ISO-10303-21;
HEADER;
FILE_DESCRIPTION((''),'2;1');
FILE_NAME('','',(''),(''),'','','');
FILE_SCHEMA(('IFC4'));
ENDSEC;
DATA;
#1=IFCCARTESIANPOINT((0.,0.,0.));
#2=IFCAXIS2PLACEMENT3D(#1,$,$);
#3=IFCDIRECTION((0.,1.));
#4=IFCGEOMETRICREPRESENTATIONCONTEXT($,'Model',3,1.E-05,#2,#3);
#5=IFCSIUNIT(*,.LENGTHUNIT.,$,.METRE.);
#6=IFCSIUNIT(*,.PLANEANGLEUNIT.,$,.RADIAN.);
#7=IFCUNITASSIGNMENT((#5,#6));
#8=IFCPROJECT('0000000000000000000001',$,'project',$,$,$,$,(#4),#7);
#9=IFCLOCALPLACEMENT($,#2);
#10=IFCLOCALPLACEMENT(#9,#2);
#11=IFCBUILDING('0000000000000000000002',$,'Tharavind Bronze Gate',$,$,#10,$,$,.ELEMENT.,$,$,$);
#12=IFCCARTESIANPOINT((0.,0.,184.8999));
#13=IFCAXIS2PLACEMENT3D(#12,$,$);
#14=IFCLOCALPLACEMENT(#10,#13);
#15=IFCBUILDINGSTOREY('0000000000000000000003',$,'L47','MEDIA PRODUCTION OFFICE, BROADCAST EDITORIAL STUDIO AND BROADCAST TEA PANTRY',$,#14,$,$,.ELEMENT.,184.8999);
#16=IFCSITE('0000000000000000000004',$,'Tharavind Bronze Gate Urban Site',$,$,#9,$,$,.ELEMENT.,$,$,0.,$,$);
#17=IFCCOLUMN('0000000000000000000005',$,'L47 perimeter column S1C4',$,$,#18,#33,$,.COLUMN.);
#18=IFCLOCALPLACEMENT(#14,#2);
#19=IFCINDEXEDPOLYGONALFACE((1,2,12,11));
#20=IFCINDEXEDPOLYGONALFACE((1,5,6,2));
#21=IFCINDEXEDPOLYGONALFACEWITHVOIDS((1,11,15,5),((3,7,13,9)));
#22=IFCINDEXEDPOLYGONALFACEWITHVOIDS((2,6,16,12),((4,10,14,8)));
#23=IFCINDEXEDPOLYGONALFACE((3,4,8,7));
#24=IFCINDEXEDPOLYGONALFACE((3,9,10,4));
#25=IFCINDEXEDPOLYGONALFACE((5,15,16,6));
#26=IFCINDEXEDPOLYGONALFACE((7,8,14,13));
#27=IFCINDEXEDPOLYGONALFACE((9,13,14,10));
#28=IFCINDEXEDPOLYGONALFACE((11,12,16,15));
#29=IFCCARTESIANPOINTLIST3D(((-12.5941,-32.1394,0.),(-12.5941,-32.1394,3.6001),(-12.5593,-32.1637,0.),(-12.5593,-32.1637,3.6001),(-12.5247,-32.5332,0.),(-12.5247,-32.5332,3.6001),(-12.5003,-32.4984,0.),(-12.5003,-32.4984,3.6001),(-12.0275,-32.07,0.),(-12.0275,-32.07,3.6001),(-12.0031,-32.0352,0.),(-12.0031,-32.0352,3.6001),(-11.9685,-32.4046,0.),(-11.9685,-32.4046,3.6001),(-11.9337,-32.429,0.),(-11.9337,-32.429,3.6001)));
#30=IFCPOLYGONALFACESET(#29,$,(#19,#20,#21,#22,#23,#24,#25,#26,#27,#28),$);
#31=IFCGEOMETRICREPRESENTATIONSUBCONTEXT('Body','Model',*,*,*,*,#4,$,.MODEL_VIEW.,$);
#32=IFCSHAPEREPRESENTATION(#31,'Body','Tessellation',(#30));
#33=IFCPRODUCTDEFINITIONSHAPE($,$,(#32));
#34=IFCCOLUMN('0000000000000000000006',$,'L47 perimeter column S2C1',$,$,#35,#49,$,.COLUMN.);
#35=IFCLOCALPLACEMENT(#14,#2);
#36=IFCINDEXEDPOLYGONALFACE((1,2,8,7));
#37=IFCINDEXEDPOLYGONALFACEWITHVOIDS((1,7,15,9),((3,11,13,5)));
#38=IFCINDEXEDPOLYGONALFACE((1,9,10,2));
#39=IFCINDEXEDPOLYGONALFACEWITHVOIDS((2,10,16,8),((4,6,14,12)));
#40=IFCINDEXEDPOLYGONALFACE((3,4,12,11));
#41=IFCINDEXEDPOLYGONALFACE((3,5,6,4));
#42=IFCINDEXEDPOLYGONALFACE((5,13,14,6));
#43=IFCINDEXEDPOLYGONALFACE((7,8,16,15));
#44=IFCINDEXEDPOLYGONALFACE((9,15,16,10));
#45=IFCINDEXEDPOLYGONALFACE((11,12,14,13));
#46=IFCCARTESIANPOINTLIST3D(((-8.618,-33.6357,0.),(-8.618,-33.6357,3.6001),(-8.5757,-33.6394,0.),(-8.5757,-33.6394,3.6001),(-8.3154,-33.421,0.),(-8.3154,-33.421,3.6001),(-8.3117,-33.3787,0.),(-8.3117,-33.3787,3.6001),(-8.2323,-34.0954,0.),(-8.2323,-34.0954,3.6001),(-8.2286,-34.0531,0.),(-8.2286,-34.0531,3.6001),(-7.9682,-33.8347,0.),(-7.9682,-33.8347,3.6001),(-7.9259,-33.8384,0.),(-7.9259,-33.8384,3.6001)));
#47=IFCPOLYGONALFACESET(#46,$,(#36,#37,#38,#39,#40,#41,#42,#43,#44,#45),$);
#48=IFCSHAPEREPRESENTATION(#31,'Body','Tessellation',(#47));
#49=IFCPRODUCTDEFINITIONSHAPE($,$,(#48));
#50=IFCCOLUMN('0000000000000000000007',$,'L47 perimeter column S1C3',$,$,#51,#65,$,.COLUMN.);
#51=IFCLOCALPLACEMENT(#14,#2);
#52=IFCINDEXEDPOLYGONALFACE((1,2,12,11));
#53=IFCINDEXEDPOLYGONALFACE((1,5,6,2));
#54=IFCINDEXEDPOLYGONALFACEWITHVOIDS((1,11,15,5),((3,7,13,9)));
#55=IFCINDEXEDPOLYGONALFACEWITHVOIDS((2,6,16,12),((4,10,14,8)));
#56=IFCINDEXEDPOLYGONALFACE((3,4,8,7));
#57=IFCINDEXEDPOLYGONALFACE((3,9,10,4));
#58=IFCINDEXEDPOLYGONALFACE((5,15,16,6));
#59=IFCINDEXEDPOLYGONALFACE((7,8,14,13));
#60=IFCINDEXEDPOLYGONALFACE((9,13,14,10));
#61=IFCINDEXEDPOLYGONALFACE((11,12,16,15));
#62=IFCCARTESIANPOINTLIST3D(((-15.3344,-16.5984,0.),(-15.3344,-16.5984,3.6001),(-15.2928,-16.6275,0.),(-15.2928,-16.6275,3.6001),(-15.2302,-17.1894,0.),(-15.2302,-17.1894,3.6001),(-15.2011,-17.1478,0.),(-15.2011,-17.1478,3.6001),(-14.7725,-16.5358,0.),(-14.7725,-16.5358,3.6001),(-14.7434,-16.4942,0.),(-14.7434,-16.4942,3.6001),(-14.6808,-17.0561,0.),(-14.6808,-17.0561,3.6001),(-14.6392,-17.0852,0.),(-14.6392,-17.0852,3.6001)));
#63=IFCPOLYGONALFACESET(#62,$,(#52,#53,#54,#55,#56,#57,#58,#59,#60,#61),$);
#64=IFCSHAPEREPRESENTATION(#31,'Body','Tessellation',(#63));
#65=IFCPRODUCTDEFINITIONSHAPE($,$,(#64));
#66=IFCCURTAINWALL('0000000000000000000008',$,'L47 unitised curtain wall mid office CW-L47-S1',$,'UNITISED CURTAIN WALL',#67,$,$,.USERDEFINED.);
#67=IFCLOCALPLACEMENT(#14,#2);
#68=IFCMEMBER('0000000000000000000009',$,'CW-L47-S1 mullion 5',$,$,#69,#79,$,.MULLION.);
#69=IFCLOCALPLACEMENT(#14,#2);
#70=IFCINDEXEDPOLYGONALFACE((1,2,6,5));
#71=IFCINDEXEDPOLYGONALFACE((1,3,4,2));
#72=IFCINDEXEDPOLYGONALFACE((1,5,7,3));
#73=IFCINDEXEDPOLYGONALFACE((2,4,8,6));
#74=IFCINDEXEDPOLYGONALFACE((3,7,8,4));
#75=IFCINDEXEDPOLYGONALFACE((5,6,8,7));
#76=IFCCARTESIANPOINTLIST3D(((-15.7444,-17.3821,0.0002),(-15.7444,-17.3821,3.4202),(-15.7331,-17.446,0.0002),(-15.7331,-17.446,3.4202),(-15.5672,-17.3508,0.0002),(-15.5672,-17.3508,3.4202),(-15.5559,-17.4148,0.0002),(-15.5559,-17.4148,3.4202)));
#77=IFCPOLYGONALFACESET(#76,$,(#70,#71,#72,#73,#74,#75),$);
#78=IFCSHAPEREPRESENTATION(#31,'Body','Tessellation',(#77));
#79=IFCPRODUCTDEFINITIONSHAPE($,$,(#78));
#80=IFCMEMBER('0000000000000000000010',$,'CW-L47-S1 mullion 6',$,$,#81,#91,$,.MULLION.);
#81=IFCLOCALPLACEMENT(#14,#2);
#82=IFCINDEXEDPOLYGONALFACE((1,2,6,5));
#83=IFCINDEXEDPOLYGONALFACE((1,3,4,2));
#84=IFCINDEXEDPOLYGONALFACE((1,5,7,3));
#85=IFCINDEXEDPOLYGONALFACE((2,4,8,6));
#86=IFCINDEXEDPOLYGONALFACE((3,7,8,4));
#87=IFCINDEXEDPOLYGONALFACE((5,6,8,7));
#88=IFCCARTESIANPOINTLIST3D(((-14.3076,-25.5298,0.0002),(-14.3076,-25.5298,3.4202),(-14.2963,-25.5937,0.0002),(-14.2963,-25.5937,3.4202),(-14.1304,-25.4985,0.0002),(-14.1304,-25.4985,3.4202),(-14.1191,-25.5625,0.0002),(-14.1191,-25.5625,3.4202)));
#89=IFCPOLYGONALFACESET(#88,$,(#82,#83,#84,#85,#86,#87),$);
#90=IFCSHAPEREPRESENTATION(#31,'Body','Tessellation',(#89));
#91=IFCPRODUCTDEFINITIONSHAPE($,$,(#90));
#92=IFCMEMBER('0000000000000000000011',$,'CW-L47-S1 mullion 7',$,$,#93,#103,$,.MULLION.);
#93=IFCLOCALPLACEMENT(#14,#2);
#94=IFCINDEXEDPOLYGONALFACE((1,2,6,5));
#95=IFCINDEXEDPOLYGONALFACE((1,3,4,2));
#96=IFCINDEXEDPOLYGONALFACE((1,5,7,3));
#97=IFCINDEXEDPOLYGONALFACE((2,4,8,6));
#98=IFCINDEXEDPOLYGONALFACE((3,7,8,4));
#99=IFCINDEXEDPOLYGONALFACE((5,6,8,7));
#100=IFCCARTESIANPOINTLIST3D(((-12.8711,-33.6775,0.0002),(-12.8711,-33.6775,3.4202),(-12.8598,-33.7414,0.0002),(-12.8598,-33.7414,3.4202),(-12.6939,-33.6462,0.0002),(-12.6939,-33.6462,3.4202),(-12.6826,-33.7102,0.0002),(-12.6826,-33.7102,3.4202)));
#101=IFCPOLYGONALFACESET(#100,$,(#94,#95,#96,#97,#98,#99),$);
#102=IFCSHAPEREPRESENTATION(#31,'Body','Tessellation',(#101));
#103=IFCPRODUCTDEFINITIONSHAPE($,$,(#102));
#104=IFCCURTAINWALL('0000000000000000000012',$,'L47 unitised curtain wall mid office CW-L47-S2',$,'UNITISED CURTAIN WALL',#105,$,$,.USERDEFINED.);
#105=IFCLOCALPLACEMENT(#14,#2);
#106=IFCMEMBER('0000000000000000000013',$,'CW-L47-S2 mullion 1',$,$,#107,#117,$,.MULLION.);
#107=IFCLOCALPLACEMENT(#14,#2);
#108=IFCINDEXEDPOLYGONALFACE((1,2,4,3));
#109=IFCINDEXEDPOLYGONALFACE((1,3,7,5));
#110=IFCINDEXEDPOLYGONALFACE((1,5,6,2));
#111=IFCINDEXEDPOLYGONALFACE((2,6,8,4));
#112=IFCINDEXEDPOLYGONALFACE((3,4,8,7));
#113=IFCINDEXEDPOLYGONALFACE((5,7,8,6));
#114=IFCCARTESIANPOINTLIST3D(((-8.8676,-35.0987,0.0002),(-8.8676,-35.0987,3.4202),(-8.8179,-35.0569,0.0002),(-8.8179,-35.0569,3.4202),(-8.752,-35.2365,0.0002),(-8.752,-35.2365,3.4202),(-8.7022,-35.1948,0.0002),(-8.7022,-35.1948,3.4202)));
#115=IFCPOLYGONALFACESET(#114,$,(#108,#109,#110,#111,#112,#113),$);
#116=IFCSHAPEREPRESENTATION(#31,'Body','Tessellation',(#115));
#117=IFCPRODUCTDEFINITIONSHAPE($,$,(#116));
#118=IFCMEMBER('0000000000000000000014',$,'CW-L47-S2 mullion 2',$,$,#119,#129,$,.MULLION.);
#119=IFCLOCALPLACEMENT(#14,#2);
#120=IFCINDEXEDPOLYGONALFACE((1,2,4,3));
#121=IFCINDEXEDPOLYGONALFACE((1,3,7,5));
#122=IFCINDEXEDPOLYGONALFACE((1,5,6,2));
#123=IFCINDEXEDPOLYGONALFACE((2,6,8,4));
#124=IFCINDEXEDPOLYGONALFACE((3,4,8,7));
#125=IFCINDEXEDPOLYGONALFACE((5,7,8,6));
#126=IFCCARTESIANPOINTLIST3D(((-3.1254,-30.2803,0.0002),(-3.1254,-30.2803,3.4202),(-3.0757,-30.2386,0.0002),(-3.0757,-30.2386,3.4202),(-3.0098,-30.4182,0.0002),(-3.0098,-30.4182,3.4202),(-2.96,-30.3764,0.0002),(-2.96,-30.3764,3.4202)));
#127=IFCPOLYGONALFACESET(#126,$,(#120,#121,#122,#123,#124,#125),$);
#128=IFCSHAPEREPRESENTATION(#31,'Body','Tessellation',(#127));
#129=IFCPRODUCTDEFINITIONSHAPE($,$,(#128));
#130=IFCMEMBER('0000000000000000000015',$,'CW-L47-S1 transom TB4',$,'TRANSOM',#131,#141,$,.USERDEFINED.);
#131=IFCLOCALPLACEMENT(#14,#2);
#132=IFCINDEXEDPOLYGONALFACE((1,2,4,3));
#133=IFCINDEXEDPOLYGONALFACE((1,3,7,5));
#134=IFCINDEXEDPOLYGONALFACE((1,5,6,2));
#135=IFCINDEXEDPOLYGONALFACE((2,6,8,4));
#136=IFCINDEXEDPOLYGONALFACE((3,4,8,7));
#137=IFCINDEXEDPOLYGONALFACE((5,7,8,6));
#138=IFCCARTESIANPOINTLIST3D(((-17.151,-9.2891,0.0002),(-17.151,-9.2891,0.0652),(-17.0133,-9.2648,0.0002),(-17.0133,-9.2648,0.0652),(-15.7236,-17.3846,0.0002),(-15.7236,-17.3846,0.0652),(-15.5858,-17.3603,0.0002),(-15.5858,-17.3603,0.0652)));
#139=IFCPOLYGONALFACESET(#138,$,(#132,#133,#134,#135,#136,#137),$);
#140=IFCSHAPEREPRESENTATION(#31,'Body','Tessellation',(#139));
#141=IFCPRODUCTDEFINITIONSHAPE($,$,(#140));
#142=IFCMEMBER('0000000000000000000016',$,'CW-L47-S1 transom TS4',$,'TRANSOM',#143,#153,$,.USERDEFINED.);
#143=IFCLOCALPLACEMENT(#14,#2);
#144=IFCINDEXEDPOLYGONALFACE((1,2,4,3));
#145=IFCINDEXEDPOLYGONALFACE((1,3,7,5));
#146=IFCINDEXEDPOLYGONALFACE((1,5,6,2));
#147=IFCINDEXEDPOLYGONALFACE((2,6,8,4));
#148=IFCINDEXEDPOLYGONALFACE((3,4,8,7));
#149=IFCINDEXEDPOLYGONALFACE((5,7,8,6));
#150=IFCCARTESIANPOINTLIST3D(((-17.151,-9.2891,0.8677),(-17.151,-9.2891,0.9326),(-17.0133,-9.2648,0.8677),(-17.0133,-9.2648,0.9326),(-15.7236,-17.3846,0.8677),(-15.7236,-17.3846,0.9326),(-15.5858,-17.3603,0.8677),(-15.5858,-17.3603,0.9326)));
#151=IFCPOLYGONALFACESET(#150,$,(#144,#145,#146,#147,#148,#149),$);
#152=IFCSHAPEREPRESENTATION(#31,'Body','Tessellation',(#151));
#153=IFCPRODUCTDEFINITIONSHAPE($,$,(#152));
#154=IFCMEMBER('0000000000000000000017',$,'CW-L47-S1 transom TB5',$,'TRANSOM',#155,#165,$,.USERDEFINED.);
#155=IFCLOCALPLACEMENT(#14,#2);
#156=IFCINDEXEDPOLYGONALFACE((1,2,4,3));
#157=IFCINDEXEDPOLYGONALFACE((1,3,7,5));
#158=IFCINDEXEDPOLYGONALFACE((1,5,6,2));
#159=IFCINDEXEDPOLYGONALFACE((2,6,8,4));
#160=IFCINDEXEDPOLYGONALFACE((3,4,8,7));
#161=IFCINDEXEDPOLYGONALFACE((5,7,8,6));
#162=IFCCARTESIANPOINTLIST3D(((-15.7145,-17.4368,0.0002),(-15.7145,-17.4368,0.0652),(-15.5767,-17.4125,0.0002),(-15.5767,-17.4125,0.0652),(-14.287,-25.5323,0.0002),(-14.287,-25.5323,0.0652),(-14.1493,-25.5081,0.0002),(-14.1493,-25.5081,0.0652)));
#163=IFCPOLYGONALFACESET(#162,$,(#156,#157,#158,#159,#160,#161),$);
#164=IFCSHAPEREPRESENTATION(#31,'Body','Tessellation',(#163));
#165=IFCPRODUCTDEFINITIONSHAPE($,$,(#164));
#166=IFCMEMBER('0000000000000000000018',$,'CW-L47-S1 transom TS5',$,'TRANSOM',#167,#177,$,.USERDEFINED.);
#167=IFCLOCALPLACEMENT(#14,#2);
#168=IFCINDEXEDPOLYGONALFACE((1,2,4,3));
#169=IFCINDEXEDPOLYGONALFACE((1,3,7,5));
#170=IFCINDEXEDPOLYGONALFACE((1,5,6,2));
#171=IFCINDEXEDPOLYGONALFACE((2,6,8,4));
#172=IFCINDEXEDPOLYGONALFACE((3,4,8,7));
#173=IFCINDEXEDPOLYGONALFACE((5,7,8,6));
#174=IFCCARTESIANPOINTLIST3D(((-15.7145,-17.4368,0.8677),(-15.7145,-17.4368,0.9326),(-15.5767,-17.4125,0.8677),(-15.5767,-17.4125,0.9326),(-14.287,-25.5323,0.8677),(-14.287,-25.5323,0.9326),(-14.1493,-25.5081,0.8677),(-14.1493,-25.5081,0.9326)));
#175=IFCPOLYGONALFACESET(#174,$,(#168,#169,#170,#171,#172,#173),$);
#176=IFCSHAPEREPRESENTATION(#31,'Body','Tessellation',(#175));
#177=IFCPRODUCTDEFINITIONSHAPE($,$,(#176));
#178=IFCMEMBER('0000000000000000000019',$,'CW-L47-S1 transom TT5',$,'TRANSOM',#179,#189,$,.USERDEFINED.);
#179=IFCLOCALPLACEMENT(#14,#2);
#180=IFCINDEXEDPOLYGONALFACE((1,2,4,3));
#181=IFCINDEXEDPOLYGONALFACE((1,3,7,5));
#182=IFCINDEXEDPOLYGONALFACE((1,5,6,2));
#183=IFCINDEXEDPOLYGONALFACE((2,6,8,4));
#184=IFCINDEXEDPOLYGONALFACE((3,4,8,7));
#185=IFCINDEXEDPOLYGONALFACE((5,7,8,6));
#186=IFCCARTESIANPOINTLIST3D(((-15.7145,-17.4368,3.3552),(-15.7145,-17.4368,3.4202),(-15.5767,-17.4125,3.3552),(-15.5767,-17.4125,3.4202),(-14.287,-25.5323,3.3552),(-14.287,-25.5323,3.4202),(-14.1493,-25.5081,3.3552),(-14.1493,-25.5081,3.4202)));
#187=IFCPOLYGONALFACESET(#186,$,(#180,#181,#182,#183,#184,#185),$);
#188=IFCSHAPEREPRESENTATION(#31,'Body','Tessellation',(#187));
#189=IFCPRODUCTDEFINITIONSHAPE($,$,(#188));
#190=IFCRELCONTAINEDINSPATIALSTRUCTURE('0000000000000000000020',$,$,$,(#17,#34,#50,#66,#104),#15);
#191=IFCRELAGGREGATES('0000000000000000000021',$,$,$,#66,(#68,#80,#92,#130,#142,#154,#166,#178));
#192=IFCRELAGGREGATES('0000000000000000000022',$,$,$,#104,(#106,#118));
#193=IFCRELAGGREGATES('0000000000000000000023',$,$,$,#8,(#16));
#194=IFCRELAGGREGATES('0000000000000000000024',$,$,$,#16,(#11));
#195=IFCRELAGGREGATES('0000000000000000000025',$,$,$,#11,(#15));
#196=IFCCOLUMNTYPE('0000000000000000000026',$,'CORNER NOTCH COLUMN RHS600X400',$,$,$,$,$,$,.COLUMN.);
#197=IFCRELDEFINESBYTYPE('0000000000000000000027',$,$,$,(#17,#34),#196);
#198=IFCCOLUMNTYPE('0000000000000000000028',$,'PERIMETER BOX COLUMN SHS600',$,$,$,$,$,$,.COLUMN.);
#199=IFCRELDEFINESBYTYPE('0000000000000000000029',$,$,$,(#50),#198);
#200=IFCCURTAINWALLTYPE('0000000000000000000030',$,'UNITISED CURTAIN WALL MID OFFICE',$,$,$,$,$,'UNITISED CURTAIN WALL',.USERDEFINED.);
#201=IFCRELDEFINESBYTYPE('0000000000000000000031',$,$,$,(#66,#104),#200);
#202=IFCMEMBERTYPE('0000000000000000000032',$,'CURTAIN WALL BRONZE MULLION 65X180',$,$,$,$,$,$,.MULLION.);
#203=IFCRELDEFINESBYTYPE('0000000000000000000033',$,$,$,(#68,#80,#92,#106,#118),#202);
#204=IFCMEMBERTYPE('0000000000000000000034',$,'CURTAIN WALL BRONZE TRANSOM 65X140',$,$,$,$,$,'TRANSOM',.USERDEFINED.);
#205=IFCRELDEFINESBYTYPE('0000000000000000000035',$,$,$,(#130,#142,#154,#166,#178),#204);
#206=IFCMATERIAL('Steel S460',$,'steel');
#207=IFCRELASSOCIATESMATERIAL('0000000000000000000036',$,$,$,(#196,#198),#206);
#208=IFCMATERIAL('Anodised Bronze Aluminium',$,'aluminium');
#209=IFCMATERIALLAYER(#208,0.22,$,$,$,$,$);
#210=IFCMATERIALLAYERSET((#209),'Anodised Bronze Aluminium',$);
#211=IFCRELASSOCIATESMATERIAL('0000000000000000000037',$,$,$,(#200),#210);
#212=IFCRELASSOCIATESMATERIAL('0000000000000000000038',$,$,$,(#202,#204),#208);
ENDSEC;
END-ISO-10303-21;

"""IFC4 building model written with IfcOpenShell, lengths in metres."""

from ifc_helpers import new_model, si_unit, direction, frame, origin, origin_2d, place, context, subcontext, project, spatial, rectangle, hollow_rectangle, extrude, material, layer, layer_set, material_profile, profile_set, type_object, element, aggregate, save


model = new_model("IFC4")

# Units and contexts
model_context = context("Model", 3, precision=1e-05, world=origin(), true_north=direction((0.0, 1.0)))
body_context = subcontext(model_context, "Body", "Model", "MODEL_VIEW")
ifc_project = project(units=[si_unit("LENGTHUNIT", "METRE"), si_unit("PLANEANGLEUNIT", "RADIAN")], contexts=[model_context])

# Site, building, storey
site_placement = place(None, origin())
site = spatial("IfcSite", under=ifc_project, at=site_placement, Name="Tharavind Bronze Gate Urban Site", CompositionType="ELEMENT", RefElevation=0.0)
building_placement = place(site_placement, origin())
building = spatial("IfcBuilding", under=site, at=building_placement, Name="Tharavind Bronze Gate", CompositionType="ELEMENT")
storey_placement = place(building_placement, frame((0.0, 0.0, 184.8999)))
storey = spatial("IfcBuildingStorey", under=building, at=storey_placement, Name="L47", Description="MEDIA PRODUCTION OFFICE, BROADCAST EDITORIAL STUDIO AND BROADCAST TEA PANTRY", CompositionType="ELEMENT", Elevation=184.8999)

# Columns
ifc_material_1 = material(Name="Steel S460", Category="steel")
ifc_material_profile_1 = material_profile(ifc_material_1, hollow_rectangle(XDim=0.3999, YDim=0.6001, WallThickness=0.03, at=origin_2d()), Name="RHS600X400X30")
ifc_profile_set_1 = profile_set([ifc_material_profile_1], Name="Steel S460")
column_type_1 = type_object("IfcColumnType", Name="CORNER NOTCH COLUMN RHS600X400", PredefinedType="COLUMN", material=ifc_profile_set_1)
for number, where, z_axis, x_axis, name in (
    (1, (-12.2639, -32.2842, 0.0), (0.0, 0.0, 1.0), (-0.173648, 0.984808, 0.0), "L47 perimeter column S1C4"),
    (2, (-8.272, -33.7371, 0.0), (0.0, 0.0, 1.0), (0.766043, 0.642789, 0.0), "L47 perimeter column S2C1"),
):
    element("IfcColumn", number, at=place(storey_placement, frame(where, z_axis=z_axis, x_axis=x_axis)), inside=storey, type_object=column_type_1, Name=name, PredefinedType="COLUMN", context=body_context, shape_type="SweptSolid", body=[
        extrude(hollow_rectangle(XDim=0.3999, YDim=0.6001, WallThickness=0.03, at=origin_2d()), origin(), (0.0, 0.0, 1.0), 3.6001),
    ])
ifc_material_profile_2 = material_profile(ifc_material_1, hollow_rectangle(XDim=0.6001, YDim=0.6001, WallThickness=0.0359, at=origin_2d()), Name="SHS600X36")
ifc_profile_set_2 = profile_set([ifc_material_profile_2], Name="Steel S460")
column_type_2 = type_object("IfcColumnType", Name="PERIMETER BOX COLUMN SHS600", PredefinedType="COLUMN", material=ifc_profile_set_2)
column_placement = place(storey_placement, frame((-14.9868, -16.8418, 0.0), z_axis=(0.0, 0.0, 1.0), x_axis=(-0.173648, 0.984808, 0.0)))
element("IfcColumn", 3, at=column_placement, inside=storey, type_object=column_type_2, Name="L47 perimeter column S1C3", PredefinedType="COLUMN", context=body_context, shape_type="SweptSolid", body=[
    extrude(hollow_rectangle(XDim=0.6001, YDim=0.6001, WallThickness=0.0359, at=origin_2d()), origin(), (0.0, 0.0, 1.0), 3.6001),
])

# Curtain walls, members
ifc_material_2 = material(Name="Anodised Bronze Aluminium", Category="aluminium")
ifc_layer_1 = layer(ifc_material_2, 0.22)
ifc_layer_set_1 = layer_set([ifc_layer_1], Name="Anodised Bronze Aluminium")
curtain_wall_type = type_object("IfcCurtainWallType", Name="UNITISED CURTAIN WALL MID OFFICE", ElementType="UNITISED CURTAIN WALL", PredefinedType="USERDEFINED", material=ifc_layer_set_1)
curtain_wall_1_placement = place(storey_placement, origin())
curtain_wall_1 = element("IfcCurtainWall", 4, at=curtain_wall_1_placement, inside=storey, type_object=curtain_wall_type, Name="L47 unitised curtain wall mid office CW-L47-S1", ObjectType="UNITISED CURTAIN WALL", PredefinedType="USERDEFINED")
member_type_1 = type_object("IfcMemberType", Name="CURTAIN WALL BRONZE MULLION 65X180", PredefinedType="MULLION", material=ifc_material_2)
member_1_placement = place(storey_placement, frame((-15.6501, -17.3984, 0.0002), z_axis=(0.0, 0.0, 1.0), x_axis=(0.173648, -0.984808, 0.0)))
member_1 = element("IfcMember", 5, at=member_1_placement, type_object=member_type_1, Name="CW-L47-S1 mullion 5", PredefinedType="MULLION", context=body_context, shape_type="SweptSolid", body=[
    extrude(rectangle(XDim=0.0649, YDim=0.1799, at=origin_2d()), origin(), (0.0, 0.0, 1.0), 3.4199),
])
member_2_placement = place(storey_placement, frame((-14.2134, -25.5461, 0.0002), z_axis=(0.0, 0.0, 1.0), x_axis=(0.173648, -0.984808, 0.0)))
member_2 = element("IfcMember", 6, at=member_2_placement, type_object=member_type_1, Name="CW-L47-S1 mullion 6", PredefinedType="MULLION", context=body_context, shape_type="SweptSolid", body=[
    extrude(rectangle(XDim=0.0649, YDim=0.1799, at=origin_2d()), origin(), (0.0, 0.0, 1.0), 3.4199),
])
member_3_placement = place(storey_placement, frame((-12.7769, -33.6938, 0.0002), z_axis=(0.0, 0.0, 1.0), x_axis=(0.173648, -0.984808, 0.0)))
member_3 = element("IfcMember", 7, at=member_3_placement, type_object=member_type_1, Name="CW-L47-S1 mullion 7", PredefinedType="MULLION", context=body_context, shape_type="SweptSolid", body=[
    extrude(rectangle(XDim=0.0649, YDim=0.1799, at=origin_2d()), origin(), (0.0, 0.0, 1.0), 3.4199),
])
curtain_wall_2_placement = place(storey_placement, origin())
curtain_wall_2 = element("IfcCurtainWall", 8, at=curtain_wall_2_placement, inside=storey, type_object=curtain_wall_type, Name="L47 unitised curtain wall mid office CW-L47-S2", ObjectType="UNITISED CURTAIN WALL", PredefinedType="USERDEFINED")
member_4_placement = place(storey_placement, frame((-8.7849, -35.1467, 0.0002), z_axis=(0.0, 0.0, 1.0), x_axis=(0.766043, 0.642789, 0.0)))
member_4 = element("IfcMember", 9, at=member_4_placement, type_object=member_type_1, Name="CW-L47-S2 mullion 1", PredefinedType="MULLION", context=body_context, shape_type="SweptSolid", body=[
    extrude(rectangle(XDim=0.0649, YDim=0.1799, at=origin_2d()), origin(), (0.0, 0.0, 1.0), 3.4199),
])
member_5_placement = place(storey_placement, frame((-3.0427, -30.3284, 0.0002), z_axis=(0.0, 0.0, 1.0), x_axis=(0.766043, 0.642789, 0.0)))
member_5 = element("IfcMember", 10, at=member_5_placement, type_object=member_type_1, Name="CW-L47-S2 mullion 2", PredefinedType="MULLION", context=body_context, shape_type="SweptSolid", body=[
    extrude(rectangle(XDim=0.0649, YDim=0.1799, at=origin_2d()), origin(), (0.0, 0.0, 1.0), 3.4199),
])

# Members
member_type_2 = type_object("IfcMemberType", Name="CURTAIN WALL BRONZE TRANSOM 65X140", ElementType="TRANSOM", PredefinedType="USERDEFINED", material=ifc_material_2)
member_6_placement = place(storey_placement, frame((-16.3684, -13.3247, 0.0002), z_axis=(0.0, 0.0, 1.0), x_axis=(0.173648, -0.984808, 0.0)))
member_6 = element("IfcMember", 11, at=member_6_placement, type_object=member_type_2, Name="CW-L47-S1 transom TB4", ObjectType="TRANSOM", PredefinedType="USERDEFINED", context=body_context, shape_type="SweptSolid", body=[
    extrude(rectangle(XDim=8.2205, YDim=0.1399, at=origin_2d()), origin(), (0.0, 0.0, 1.0), 0.0649),
])
member_7_placement = place(storey_placement, frame((-16.3684, -13.3247, 0.8677), z_axis=(0.0, 0.0, 1.0), x_axis=(0.173648, -0.984808, 0.0)))
member_7 = element("IfcMember", 12, at=member_7_placement, type_object=member_type_2, Name="CW-L47-S1 transom TS4", ObjectType="TRANSOM", PredefinedType="USERDEFINED", context=body_context, shape_type="SweptSolid", body=[
    extrude(rectangle(XDim=8.2205, YDim=0.1399, at=origin_2d()), origin(), (0.0, 0.0, 1.0), 0.0649),
])
member_8_placement = place(storey_placement, frame((-14.9319, -21.4724, 0.0002), z_axis=(0.0, 0.0, 1.0), x_axis=(0.173648, -0.984808, 0.0)))
member_8 = element("IfcMember", 13, at=member_8_placement, type_object=member_type_2, Name="CW-L47-S1 transom TB5", ObjectType="TRANSOM", PredefinedType="USERDEFINED", context=body_context, shape_type="SweptSolid", body=[
    extrude(rectangle(XDim=8.2205, YDim=0.1399, at=origin_2d()), origin(), (0.0, 0.0, 1.0), 0.0649),
])
member_9_placement = place(storey_placement, frame((-14.9319, -21.4724, 0.8677), z_axis=(0.0, 0.0, 1.0), x_axis=(0.173648, -0.984808, 0.0)))
member_9 = element("IfcMember", 14, at=member_9_placement, type_object=member_type_2, Name="CW-L47-S1 transom TS5", ObjectType="TRANSOM", PredefinedType="USERDEFINED", context=body_context, shape_type="SweptSolid", body=[
    extrude(rectangle(XDim=8.2205, YDim=0.1399, at=origin_2d()), origin(), (0.0, 0.0, 1.0), 0.0649),
])
member_10_placement = place(storey_placement, frame((-14.9319, -21.4724, 3.3552), z_axis=(0.0, 0.0, 1.0), x_axis=(0.173648, -0.984808, 0.0)))
member_10 = element("IfcMember", 15, at=member_10_placement, type_object=member_type_2, Name="CW-L47-S1 transom TT5", ObjectType="TRANSOM", PredefinedType="USERDEFINED", context=body_context, shape_type="SweptSolid", body=[
    extrude(rectangle(XDim=8.2205, YDim=0.1399, at=origin_2d()), origin(), (0.0, 0.0, 1.0), 0.0649),
])

aggregate(curtain_wall_1, [member_1, member_2, member_3, member_6, member_7, member_8, member_9, member_10])
aggregate(curtain_wall_2, [member_4, member_5])

save(model, "model.ifc")
